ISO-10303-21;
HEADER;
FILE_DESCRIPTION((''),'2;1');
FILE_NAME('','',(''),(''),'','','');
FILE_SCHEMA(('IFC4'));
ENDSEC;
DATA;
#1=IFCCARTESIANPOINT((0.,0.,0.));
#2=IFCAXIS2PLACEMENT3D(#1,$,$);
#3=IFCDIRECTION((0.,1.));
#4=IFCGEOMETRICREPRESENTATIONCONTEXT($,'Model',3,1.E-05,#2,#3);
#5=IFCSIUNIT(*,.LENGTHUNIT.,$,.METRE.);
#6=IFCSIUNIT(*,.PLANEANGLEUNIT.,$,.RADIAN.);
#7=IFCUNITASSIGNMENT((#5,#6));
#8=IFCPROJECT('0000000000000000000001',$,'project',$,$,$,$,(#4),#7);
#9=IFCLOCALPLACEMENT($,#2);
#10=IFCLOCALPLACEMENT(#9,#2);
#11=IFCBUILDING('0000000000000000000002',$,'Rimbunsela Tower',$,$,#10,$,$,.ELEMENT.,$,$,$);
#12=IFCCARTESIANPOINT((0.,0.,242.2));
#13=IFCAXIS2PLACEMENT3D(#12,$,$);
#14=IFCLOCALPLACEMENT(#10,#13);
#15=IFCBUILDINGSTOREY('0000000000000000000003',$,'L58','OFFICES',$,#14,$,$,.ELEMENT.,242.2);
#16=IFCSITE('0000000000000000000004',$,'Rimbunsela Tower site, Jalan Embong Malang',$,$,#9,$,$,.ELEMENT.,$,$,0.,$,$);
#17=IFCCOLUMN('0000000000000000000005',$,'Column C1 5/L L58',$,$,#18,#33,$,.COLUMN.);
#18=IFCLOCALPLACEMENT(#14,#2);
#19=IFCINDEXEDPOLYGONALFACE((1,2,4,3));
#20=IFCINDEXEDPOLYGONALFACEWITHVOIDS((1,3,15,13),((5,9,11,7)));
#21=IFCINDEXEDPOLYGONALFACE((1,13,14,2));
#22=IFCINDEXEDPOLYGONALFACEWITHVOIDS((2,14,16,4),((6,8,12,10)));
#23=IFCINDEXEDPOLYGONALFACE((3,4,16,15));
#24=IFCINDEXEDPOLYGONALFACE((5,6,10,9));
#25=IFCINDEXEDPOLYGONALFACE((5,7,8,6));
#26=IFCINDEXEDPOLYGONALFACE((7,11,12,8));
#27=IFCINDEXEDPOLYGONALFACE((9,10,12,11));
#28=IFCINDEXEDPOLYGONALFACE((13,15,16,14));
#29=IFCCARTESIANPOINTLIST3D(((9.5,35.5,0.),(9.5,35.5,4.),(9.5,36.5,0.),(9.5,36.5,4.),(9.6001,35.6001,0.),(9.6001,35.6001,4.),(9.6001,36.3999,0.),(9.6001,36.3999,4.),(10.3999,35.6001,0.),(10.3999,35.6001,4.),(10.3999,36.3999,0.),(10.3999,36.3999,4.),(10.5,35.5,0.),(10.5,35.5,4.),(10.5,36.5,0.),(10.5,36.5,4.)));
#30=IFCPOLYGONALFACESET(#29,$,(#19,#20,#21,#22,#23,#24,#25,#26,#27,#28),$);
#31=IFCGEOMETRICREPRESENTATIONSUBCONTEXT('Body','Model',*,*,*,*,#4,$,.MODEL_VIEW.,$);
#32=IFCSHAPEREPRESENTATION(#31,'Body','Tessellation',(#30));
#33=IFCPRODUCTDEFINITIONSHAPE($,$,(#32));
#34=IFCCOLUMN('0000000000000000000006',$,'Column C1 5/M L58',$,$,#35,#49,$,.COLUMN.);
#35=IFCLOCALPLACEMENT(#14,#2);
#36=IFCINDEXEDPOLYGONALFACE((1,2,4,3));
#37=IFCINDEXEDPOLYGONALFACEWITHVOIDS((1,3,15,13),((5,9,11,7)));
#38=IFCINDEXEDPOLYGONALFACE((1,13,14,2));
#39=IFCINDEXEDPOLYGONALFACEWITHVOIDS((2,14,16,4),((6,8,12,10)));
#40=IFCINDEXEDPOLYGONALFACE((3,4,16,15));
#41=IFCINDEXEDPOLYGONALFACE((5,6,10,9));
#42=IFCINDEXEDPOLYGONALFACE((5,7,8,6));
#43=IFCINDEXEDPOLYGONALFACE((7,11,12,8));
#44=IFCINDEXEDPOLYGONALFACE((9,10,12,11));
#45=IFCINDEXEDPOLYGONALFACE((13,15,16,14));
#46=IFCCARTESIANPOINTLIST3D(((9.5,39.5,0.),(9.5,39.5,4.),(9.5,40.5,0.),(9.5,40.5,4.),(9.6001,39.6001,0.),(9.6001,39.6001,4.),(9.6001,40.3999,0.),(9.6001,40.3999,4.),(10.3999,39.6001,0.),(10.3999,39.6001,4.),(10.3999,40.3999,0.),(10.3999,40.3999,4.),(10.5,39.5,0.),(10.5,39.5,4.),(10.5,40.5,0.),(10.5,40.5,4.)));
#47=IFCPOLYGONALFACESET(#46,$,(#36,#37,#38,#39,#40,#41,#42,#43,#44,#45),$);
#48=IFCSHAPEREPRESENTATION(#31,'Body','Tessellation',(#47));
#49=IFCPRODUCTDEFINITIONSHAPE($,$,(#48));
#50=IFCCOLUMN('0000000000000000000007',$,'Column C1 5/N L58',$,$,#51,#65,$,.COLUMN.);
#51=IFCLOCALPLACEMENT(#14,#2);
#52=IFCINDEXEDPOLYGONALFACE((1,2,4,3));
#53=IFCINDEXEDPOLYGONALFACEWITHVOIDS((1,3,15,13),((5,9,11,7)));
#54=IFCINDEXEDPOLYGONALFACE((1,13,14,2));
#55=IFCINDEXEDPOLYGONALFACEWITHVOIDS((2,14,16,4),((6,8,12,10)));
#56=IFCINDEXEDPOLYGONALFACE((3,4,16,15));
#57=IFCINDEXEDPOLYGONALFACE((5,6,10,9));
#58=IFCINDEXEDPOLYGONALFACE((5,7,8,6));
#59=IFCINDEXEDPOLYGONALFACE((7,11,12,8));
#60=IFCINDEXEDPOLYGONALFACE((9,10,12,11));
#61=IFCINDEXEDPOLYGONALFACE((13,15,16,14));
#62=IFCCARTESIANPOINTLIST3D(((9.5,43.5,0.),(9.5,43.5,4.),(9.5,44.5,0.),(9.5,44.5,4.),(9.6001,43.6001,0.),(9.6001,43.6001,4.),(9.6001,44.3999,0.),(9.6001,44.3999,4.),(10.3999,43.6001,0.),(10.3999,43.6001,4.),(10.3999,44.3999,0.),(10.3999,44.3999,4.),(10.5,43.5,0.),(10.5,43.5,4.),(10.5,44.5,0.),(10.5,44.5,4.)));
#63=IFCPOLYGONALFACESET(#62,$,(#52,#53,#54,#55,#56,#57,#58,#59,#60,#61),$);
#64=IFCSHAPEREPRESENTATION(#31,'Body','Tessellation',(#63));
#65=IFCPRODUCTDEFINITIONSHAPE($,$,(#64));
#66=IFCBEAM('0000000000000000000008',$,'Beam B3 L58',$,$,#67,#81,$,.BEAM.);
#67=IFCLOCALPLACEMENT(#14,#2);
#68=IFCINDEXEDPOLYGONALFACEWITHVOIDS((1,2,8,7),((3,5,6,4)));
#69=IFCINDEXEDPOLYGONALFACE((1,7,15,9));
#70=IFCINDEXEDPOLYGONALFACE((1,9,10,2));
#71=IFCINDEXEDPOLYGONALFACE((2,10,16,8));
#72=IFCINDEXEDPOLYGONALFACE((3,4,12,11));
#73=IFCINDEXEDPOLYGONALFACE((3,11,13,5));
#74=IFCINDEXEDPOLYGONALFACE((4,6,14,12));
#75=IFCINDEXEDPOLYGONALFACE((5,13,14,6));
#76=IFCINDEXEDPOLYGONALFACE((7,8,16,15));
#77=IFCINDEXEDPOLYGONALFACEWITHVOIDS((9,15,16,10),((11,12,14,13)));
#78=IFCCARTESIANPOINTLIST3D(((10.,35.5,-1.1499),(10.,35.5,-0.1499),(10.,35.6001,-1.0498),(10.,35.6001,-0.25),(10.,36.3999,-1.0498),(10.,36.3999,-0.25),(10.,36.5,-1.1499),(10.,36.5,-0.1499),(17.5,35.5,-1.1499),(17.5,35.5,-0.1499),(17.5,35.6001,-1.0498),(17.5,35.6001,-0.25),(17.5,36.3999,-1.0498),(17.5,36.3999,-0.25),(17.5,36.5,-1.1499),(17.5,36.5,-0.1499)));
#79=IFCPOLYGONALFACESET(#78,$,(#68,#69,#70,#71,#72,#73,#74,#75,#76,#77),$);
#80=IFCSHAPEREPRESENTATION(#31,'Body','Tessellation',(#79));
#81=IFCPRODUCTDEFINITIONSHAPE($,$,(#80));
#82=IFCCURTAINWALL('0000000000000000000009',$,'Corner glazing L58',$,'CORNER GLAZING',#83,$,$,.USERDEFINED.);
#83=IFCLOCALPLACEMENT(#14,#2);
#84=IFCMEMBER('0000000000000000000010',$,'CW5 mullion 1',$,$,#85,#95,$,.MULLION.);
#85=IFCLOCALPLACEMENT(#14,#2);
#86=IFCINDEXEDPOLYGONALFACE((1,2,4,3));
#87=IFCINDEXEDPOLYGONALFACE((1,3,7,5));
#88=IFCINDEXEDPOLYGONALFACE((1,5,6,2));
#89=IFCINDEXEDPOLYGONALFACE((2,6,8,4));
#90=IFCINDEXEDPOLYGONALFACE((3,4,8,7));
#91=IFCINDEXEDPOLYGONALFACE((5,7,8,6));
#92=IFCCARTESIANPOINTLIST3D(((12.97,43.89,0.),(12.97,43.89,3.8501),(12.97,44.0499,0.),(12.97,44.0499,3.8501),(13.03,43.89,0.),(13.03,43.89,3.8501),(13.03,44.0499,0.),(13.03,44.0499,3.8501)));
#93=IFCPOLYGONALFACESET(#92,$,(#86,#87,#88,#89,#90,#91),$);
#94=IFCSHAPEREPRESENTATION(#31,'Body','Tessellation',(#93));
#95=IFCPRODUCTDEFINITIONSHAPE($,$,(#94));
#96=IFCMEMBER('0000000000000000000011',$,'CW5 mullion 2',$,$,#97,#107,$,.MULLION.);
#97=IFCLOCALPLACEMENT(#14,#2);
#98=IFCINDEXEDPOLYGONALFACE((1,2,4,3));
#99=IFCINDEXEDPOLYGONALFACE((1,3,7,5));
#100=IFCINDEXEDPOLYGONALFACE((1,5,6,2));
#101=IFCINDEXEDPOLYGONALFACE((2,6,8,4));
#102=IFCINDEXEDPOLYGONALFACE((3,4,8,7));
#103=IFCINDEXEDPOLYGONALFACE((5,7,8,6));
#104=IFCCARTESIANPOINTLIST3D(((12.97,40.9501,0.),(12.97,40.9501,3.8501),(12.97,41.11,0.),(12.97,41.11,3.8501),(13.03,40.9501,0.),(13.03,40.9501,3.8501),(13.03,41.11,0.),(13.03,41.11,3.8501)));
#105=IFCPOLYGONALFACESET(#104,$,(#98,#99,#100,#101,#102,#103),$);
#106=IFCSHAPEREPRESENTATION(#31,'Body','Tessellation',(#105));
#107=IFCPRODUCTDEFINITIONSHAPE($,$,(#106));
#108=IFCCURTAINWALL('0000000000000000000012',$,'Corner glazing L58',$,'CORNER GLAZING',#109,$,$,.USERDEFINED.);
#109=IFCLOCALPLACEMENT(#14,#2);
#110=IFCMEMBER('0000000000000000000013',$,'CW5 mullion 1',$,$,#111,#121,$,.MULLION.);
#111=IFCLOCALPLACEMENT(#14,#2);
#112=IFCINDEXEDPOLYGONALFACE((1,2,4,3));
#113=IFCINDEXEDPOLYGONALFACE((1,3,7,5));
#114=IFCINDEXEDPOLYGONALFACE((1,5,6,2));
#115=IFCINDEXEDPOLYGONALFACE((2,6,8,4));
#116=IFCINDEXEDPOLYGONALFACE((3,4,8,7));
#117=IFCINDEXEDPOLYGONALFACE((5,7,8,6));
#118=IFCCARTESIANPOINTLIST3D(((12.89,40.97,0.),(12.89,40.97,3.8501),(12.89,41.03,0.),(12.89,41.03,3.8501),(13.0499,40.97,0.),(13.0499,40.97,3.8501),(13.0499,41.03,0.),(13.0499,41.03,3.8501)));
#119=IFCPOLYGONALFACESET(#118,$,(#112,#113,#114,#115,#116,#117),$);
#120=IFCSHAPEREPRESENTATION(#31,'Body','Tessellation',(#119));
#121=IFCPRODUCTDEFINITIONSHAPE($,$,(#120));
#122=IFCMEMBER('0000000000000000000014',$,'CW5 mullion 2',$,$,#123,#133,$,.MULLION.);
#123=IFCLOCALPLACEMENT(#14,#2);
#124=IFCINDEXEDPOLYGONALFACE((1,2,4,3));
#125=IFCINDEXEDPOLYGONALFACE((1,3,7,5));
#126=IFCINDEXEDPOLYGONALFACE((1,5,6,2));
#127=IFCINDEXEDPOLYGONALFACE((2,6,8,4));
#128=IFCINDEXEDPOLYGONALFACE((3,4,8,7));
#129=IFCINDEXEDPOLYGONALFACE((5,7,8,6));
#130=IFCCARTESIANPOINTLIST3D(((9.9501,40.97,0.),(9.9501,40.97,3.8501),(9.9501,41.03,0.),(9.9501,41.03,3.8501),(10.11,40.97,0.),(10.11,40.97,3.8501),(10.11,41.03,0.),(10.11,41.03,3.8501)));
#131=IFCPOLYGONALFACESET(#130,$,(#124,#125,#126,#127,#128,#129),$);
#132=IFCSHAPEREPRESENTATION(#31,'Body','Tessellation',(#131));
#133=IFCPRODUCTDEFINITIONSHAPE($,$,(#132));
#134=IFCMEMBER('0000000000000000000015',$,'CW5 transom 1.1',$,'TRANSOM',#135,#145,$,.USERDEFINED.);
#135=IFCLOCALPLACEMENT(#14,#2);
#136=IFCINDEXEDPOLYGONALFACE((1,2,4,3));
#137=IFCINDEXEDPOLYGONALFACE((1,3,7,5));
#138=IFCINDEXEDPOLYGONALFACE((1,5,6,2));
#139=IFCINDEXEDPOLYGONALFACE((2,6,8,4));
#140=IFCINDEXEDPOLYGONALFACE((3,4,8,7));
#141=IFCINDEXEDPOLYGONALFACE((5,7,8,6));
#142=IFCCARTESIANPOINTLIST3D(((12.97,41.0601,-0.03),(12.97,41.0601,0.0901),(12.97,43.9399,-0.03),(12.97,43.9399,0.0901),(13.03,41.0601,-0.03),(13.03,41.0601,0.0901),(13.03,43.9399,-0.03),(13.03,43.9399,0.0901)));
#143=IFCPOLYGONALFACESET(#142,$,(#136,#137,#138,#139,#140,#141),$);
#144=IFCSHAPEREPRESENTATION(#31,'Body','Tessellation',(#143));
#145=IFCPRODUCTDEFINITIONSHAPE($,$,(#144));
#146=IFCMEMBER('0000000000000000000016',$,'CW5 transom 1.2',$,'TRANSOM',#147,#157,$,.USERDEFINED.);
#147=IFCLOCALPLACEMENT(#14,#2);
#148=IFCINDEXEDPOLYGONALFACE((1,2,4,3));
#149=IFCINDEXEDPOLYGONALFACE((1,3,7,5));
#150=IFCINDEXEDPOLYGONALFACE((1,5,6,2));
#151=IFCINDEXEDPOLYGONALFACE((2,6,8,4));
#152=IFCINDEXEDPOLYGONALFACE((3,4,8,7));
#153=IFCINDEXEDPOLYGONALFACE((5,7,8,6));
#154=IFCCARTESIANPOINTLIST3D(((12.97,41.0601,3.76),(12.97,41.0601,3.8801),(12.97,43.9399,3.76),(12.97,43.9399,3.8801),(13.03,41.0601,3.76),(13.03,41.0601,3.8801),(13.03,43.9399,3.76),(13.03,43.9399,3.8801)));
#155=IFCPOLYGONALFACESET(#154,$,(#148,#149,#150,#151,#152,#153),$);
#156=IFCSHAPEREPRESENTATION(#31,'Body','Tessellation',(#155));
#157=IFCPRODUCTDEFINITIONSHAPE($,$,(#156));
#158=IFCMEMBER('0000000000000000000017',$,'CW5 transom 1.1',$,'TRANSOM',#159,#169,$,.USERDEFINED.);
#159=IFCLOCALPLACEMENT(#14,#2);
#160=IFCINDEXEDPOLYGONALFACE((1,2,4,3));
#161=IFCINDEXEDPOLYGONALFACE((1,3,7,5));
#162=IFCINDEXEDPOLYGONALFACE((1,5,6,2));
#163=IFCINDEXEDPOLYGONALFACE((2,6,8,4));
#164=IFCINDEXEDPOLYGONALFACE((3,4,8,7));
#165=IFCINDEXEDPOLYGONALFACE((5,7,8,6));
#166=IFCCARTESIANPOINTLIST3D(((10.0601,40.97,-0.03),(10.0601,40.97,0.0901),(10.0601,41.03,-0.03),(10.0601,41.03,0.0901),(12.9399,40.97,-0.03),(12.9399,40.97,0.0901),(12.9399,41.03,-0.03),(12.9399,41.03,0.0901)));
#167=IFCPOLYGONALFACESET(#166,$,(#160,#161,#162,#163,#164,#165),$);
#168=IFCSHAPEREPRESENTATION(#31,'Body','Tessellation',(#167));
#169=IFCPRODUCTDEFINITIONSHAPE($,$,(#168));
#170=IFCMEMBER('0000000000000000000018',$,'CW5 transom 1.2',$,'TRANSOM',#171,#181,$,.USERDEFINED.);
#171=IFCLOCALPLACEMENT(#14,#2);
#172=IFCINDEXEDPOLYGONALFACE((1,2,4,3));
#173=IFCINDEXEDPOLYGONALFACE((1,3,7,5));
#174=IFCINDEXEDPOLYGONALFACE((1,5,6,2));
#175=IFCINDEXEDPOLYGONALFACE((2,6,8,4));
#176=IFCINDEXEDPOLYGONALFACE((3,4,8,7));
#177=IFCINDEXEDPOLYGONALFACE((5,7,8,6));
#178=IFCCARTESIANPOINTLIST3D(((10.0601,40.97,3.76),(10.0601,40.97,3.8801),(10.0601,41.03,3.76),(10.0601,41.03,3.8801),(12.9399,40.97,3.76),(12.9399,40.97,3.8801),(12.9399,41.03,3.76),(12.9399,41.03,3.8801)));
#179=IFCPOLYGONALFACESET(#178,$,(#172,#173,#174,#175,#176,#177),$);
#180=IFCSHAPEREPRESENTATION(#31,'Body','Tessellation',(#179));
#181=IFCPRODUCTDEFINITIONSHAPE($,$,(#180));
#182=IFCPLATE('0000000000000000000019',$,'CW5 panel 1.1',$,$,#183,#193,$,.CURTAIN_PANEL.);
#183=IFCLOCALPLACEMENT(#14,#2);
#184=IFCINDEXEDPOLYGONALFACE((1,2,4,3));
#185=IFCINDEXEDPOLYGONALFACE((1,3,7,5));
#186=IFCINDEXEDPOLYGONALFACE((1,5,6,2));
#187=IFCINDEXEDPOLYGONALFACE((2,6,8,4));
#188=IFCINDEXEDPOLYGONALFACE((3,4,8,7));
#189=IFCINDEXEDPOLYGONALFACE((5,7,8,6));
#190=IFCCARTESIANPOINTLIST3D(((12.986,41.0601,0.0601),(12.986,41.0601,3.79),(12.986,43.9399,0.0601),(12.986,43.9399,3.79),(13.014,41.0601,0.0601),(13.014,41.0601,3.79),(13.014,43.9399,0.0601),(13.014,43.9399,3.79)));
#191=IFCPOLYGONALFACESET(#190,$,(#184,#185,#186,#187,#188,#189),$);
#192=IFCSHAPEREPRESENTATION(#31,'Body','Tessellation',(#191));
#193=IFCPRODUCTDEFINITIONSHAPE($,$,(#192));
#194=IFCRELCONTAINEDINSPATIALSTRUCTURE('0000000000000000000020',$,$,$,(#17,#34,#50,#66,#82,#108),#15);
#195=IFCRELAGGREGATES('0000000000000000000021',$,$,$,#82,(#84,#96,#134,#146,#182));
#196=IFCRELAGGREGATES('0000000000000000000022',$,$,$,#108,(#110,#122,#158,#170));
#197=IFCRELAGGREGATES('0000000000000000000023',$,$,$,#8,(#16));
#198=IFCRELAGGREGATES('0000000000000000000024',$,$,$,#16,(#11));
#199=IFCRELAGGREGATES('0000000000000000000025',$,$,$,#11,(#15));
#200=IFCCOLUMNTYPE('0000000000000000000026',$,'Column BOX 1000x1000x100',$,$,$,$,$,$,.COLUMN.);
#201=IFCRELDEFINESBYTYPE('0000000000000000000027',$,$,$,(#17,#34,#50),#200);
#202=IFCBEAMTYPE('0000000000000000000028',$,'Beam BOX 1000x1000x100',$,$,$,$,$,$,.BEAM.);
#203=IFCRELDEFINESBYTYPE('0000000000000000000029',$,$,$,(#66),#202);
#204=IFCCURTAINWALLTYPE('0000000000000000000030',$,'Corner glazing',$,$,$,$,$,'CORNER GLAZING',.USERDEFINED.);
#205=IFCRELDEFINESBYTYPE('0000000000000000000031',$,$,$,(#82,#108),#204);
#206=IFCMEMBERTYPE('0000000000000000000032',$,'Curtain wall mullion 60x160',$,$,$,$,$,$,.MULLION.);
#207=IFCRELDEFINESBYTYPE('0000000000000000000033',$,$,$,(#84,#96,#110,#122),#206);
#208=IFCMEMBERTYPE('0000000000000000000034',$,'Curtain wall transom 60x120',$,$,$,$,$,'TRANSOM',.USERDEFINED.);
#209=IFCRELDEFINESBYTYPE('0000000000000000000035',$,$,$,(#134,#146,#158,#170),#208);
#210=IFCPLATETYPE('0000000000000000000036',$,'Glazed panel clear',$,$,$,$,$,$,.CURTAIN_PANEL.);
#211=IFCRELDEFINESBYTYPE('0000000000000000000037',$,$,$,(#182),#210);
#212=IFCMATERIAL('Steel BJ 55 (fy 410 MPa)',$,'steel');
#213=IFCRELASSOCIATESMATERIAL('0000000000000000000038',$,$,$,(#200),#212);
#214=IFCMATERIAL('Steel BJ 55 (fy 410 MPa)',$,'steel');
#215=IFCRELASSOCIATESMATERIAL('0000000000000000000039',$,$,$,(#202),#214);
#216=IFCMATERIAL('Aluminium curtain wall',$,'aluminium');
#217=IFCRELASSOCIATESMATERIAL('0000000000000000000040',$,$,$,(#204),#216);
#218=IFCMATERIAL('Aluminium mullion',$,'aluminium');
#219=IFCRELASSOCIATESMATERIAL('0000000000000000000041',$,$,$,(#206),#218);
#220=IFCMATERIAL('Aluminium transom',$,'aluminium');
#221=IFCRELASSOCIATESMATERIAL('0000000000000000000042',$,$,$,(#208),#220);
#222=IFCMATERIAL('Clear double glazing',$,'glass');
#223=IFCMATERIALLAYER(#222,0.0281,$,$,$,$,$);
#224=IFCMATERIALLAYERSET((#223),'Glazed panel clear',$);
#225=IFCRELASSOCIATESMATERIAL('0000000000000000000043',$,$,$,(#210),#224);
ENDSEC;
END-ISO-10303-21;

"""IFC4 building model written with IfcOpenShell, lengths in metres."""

from ifc_helpers import new_model, si_unit, direction, frame, origin, origin_2d, place, context, subcontext, project, spatial, rectangle, hollow_rectangle, extrude, material, layer, layer_set, material_profile, profile_set, type_object, element, aggregate, save


model = new_model("IFC4")

# Units and contexts
model_context = context("Model", 3, precision=1e-05, world=origin(), true_north=direction((0.0, 1.0)))
body_context = subcontext(model_context, "Body", "Model", "MODEL_VIEW")
ifc_project = project(units=[si_unit("LENGTHUNIT", "METRE"), si_unit("PLANEANGLEUNIT", "RADIAN")], contexts=[model_context])

# Site, building, storey
site_placement = place(None, origin())
site = spatial("IfcSite", under=ifc_project, at=site_placement, Name="Rimbunsela Tower site, Jalan Embong Malang", CompositionType="ELEMENT", RefElevation=0.0)
building_placement = place(site_placement, origin())
building = spatial("IfcBuilding", under=site, at=building_placement, Name="Rimbunsela Tower", CompositionType="ELEMENT")
storey_placement = place(building_placement, frame((0.0, 0.0, 242.2)))
storey = spatial("IfcBuildingStorey", under=building, at=storey_placement, Name="L58", Description="OFFICES", CompositionType="ELEMENT", Elevation=242.2)

# Columns
ifc_material_1 = material(Name="Steel BJ 55 (fy 410 MPa)", Category="steel")
ifc_material_profile_1 = material_profile(ifc_material_1, hollow_rectangle(XDim=1.0, YDim=1.0, WallThickness=0.1001, at=origin_2d()), Name="BOX 1000x1000x100")
ifc_profile_set_1 = profile_set([ifc_material_profile_1], Name="Steel BJ 55 (fy 410 MPa)")
column_type = type_object("IfcColumnType", Name="Column BOX 1000x1000x100", PredefinedType="COLUMN", material=ifc_profile_set_1)
for number, where, z_axis, x_axis, name in (
    (1, (10.0, 36.0, 0.0), (0.0, 0.0, 1.0), (1.0, 0.0, 0.0), "Column C1 5/L L58"),
    (2, (10.0, 40.0, 0.0), (0.0, 0.0, 1.0), (1.0, 0.0, 0.0), "Column C1 5/M L58"),
    (3, (10.0, 44.0, 0.0), (0.0, 0.0, 1.0), (1.0, 0.0, 0.0), "Column C1 5/N L58"),
):
    element("IfcColumn", number, at=place(storey_placement, frame(where, z_axis=z_axis, x_axis=x_axis)), inside=storey, type_object=column_type, Name=name, PredefinedType="COLUMN", context=body_context, shape_type="SweptSolid", body=[
        extrude(hollow_rectangle(XDim=1.0, YDim=1.0, WallThickness=0.1001, at=origin_2d()), origin(), (0.0, 0.0, 1.0), 4.0),
    ])

# Beam
ifc_material_2 = material(Name="Steel BJ 55 (fy 410 MPa)", Category="steel")
ifc_material_profile_2 = material_profile(ifc_material_2, hollow_rectangle(XDim=1.0, YDim=1.0, WallThickness=0.1001, at=origin_2d()), Name="BOX 1000x1000x100")
ifc_profile_set_2 = profile_set([ifc_material_profile_2], Name="Steel BJ 55 (fy 410 MPa)")
beam_type = type_object("IfcBeamType", Name="Beam BOX 1000x1000x100", PredefinedType="BEAM", material=ifc_profile_set_2)
beam_placement = place(storey_placement, frame((10.0, 36.0, -0.6499), z_axis=(1.0, 0.0, 0.0), x_axis=(0.0, 1.0, 0.0)))
element("IfcBeam", 4, at=beam_placement, inside=storey, type_object=beam_type, Name="Beam B3 L58", PredefinedType="BEAM", context=body_context, shape_type="SweptSolid", body=[
    extrude(hollow_rectangle(XDim=1.0, YDim=1.0, WallThickness=0.1001, at=origin_2d()), origin(), (0.0, 0.0, 1.0), 7.5),
])

# Curtain walls, members
ifc_material_3 = material(Name="Aluminium curtain wall", Category="aluminium")
curtain_wall_type = type_object("IfcCurtainWallType", Name="Corner glazing", ElementType="CORNER GLAZING", PredefinedType="USERDEFINED", material=ifc_material_3)
curtain_wall_1_placement = place(storey_placement, origin())
curtain_wall_1 = element("IfcCurtainWall", 5, at=curtain_wall_1_placement, inside=storey, type_object=curtain_wall_type, Name="Corner glazing L58", ObjectType="CORNER GLAZING", PredefinedType="USERDEFINED")
ifc_material_4 = material(Name="Aluminium mullion", Category="aluminium")
ifc_material_profile_3 = material_profile(ifc_material_4, rectangle(XDim=0.0601, YDim=0.1599, at=origin_2d()), Name="Mullion 60x160")
ifc_profile_set_3 = profile_set([ifc_material_profile_3], Name="Aluminium mullion")
member_type_1 = type_object("IfcMemberType", Name="Curtain wall mullion 60x160", PredefinedType="MULLION", material=ifc_profile_set_3)
member_1_placement = place(storey_placement, frame((13.0, 43.97, 0.0), z_axis=(0.0, 0.0, 1.0), x_axis=(1.0, 0.0, 0.0)))
member_1 = element("IfcMember", 6, at=member_1_placement, type_object=member_type_1, Name="CW5 mullion 1", PredefinedType="MULLION", context=body_context, shape_type="SweptSolid", body=[
    extrude(rectangle(XDim=0.0601, YDim=0.1599, at=origin_2d()), origin(), (0.0, 0.0, 1.0), 3.8501),
])
member_2_placement = place(storey_placement, frame((13.0, 41.03, 0.0), z_axis=(0.0, 0.0, 1.0), x_axis=(1.0, 0.0, 0.0)))
member_2 = element("IfcMember", 7, at=member_2_placement, type_object=member_type_1, Name="CW5 mullion 2", PredefinedType="MULLION", context=body_context, shape_type="SweptSolid", body=[
    extrude(rectangle(XDim=0.0601, YDim=0.1599, at=origin_2d()), origin(), (0.0, 0.0, 1.0), 3.8501),
])
curtain_wall_2_placement = place(storey_placement, origin())
curtain_wall_2 = element("IfcCurtainWall", 8, at=curtain_wall_2_placement, inside=storey, type_object=curtain_wall_type, Name="Corner glazing L58", ObjectType="CORNER GLAZING", PredefinedType="USERDEFINED")
member_3_placement = place(storey_placement, frame((12.97, 41.0, 0.0), z_axis=(0.0, 0.0, 1.0), x_axis=(0.0, -1.0, 0.0)))
member_3 = element("IfcMember", 9, at=member_3_placement, type_object=member_type_1, Name="CW5 mullion 1", PredefinedType="MULLION", context=body_context, shape_type="SweptSolid", body=[
    extrude(rectangle(XDim=0.0601, YDim=0.1599, at=origin_2d()), origin(), (0.0, 0.0, 1.0), 3.8501),
])
member_4_placement = place(storey_placement, frame((10.03, 41.0, 0.0), z_axis=(0.0, 0.0, 1.0), x_axis=(0.0, -1.0, 0.0)))
member_4 = element("IfcMember", 10, at=member_4_placement, type_object=member_type_1, Name="CW5 mullion 2", PredefinedType="MULLION", context=body_context, shape_type="SweptSolid", body=[
    extrude(rectangle(XDim=0.0601, YDim=0.1599, at=origin_2d()), origin(), (0.0, 0.0, 1.0), 3.8501),
])

# Members
ifc_material_5 = material(Name="Aluminium transom", Category="aluminium")
ifc_material_profile_4 = material_profile(ifc_material_5, rectangle(XDim=0.0601, YDim=0.1201, at=origin_2d()), Name="Transom 60x120")
ifc_profile_set_4 = profile_set([ifc_material_profile_4], Name="Aluminium transom")
member_type_2 = type_object("IfcMemberType", Name="Curtain wall transom 60x120", ElementType="TRANSOM", PredefinedType="USERDEFINED", material=ifc_profile_set_4)
member_5_placement = place(storey_placement, frame((13.0, 43.9399, 0.03), z_axis=(0.0, -1.0, 0.0), x_axis=(1.0, 0.0, 0.0)))
member_5 = element("IfcMember", 11, at=member_5_placement, type_object=member_type_2, Name="CW5 transom 1.1", ObjectType="TRANSOM", PredefinedType="USERDEFINED", context=body_context, shape_type="SweptSolid", body=[
    extrude(rectangle(XDim=0.0601, YDim=0.1201, at=origin_2d()), origin(), (0.0, 0.0, 1.0), 2.8799),
])
member_6_placement = place(storey_placement, frame((13.0, 43.9399, 3.8201), z_axis=(0.0, -1.0, 0.0), x_axis=(1.0, 0.0, 0.0)))
member_6 = element("IfcMember", 12, at=member_6_placement, type_object=member_type_2, Name="CW5 transom 1.2", ObjectType="TRANSOM", PredefinedType="USERDEFINED", context=body_context, shape_type="SweptSolid", body=[
    extrude(rectangle(XDim=0.0601, YDim=0.1201, at=origin_2d()), origin(), (0.0, 0.0, 1.0), 2.8799),
])
member_7_placement = place(storey_placement, frame((12.9399, 41.0, 0.03), z_axis=(-1.0, 0.0, 0.0), x_axis=(0.0, -1.0, 0.0)))
member_7 = element("IfcMember", 13, at=member_7_placement, type_object=member_type_2, Name="CW5 transom 1.1", ObjectType="TRANSOM", PredefinedType="USERDEFINED", context=body_context, shape_type="SweptSolid", body=[
    extrude(rectangle(XDim=0.0601, YDim=0.1201, at=origin_2d()), origin(), (0.0, 0.0, 1.0), 2.8799),
])
member_8_placement = place(storey_placement, frame((12.9399, 41.0, 3.8201), z_axis=(-1.0, 0.0, 0.0), x_axis=(0.0, -1.0, 0.0)))
member_8 = element("IfcMember", 14, at=member_8_placement, type_object=member_type_2, Name="CW5 transom 1.2", ObjectType="TRANSOM", PredefinedType="USERDEFINED", context=body_context, shape_type="SweptSolid", body=[
    extrude(rectangle(XDim=0.0601, YDim=0.1201, at=origin_2d()), origin(), (0.0, 0.0, 1.0), 2.8799),
])

# Plate
ifc_material_6 = material(Name="Clear double glazing", Category="glass")
ifc_layer_1 = layer(ifc_material_6, 0.0281)
ifc_layer_set_1 = layer_set([ifc_layer_1], Name="Glazed panel clear")
plate_type = type_object("IfcPlateType", Name="Glazed panel clear", PredefinedType="CURTAIN_PANEL", material=ifc_layer_set_1)
plate_1_placement = place(storey_placement, frame((13.0, 42.5, 0.0601), z_axis=(0.0, 0.0, 1.0), x_axis=(0.0, -1.0, 0.0)))
plate_1 = element("IfcPlate", 15, at=plate_1_placement, type_object=plate_type, Name="CW5 panel 1.1", PredefinedType="CURTAIN_PANEL", context=body_context, shape_type="SweptSolid", body=[
    extrude(rectangle(XDim=2.8799, YDim=0.0281, at=origin_2d()), origin(), (0.0, 0.0, 1.0), 3.73),
])
aggregate(curtain_wall_1, [member_1, member_2, member_5, member_6, plate_1])
aggregate(curtain_wall_2, [member_3, member_4, member_7, member_8])

save(model, "model.ifc")
